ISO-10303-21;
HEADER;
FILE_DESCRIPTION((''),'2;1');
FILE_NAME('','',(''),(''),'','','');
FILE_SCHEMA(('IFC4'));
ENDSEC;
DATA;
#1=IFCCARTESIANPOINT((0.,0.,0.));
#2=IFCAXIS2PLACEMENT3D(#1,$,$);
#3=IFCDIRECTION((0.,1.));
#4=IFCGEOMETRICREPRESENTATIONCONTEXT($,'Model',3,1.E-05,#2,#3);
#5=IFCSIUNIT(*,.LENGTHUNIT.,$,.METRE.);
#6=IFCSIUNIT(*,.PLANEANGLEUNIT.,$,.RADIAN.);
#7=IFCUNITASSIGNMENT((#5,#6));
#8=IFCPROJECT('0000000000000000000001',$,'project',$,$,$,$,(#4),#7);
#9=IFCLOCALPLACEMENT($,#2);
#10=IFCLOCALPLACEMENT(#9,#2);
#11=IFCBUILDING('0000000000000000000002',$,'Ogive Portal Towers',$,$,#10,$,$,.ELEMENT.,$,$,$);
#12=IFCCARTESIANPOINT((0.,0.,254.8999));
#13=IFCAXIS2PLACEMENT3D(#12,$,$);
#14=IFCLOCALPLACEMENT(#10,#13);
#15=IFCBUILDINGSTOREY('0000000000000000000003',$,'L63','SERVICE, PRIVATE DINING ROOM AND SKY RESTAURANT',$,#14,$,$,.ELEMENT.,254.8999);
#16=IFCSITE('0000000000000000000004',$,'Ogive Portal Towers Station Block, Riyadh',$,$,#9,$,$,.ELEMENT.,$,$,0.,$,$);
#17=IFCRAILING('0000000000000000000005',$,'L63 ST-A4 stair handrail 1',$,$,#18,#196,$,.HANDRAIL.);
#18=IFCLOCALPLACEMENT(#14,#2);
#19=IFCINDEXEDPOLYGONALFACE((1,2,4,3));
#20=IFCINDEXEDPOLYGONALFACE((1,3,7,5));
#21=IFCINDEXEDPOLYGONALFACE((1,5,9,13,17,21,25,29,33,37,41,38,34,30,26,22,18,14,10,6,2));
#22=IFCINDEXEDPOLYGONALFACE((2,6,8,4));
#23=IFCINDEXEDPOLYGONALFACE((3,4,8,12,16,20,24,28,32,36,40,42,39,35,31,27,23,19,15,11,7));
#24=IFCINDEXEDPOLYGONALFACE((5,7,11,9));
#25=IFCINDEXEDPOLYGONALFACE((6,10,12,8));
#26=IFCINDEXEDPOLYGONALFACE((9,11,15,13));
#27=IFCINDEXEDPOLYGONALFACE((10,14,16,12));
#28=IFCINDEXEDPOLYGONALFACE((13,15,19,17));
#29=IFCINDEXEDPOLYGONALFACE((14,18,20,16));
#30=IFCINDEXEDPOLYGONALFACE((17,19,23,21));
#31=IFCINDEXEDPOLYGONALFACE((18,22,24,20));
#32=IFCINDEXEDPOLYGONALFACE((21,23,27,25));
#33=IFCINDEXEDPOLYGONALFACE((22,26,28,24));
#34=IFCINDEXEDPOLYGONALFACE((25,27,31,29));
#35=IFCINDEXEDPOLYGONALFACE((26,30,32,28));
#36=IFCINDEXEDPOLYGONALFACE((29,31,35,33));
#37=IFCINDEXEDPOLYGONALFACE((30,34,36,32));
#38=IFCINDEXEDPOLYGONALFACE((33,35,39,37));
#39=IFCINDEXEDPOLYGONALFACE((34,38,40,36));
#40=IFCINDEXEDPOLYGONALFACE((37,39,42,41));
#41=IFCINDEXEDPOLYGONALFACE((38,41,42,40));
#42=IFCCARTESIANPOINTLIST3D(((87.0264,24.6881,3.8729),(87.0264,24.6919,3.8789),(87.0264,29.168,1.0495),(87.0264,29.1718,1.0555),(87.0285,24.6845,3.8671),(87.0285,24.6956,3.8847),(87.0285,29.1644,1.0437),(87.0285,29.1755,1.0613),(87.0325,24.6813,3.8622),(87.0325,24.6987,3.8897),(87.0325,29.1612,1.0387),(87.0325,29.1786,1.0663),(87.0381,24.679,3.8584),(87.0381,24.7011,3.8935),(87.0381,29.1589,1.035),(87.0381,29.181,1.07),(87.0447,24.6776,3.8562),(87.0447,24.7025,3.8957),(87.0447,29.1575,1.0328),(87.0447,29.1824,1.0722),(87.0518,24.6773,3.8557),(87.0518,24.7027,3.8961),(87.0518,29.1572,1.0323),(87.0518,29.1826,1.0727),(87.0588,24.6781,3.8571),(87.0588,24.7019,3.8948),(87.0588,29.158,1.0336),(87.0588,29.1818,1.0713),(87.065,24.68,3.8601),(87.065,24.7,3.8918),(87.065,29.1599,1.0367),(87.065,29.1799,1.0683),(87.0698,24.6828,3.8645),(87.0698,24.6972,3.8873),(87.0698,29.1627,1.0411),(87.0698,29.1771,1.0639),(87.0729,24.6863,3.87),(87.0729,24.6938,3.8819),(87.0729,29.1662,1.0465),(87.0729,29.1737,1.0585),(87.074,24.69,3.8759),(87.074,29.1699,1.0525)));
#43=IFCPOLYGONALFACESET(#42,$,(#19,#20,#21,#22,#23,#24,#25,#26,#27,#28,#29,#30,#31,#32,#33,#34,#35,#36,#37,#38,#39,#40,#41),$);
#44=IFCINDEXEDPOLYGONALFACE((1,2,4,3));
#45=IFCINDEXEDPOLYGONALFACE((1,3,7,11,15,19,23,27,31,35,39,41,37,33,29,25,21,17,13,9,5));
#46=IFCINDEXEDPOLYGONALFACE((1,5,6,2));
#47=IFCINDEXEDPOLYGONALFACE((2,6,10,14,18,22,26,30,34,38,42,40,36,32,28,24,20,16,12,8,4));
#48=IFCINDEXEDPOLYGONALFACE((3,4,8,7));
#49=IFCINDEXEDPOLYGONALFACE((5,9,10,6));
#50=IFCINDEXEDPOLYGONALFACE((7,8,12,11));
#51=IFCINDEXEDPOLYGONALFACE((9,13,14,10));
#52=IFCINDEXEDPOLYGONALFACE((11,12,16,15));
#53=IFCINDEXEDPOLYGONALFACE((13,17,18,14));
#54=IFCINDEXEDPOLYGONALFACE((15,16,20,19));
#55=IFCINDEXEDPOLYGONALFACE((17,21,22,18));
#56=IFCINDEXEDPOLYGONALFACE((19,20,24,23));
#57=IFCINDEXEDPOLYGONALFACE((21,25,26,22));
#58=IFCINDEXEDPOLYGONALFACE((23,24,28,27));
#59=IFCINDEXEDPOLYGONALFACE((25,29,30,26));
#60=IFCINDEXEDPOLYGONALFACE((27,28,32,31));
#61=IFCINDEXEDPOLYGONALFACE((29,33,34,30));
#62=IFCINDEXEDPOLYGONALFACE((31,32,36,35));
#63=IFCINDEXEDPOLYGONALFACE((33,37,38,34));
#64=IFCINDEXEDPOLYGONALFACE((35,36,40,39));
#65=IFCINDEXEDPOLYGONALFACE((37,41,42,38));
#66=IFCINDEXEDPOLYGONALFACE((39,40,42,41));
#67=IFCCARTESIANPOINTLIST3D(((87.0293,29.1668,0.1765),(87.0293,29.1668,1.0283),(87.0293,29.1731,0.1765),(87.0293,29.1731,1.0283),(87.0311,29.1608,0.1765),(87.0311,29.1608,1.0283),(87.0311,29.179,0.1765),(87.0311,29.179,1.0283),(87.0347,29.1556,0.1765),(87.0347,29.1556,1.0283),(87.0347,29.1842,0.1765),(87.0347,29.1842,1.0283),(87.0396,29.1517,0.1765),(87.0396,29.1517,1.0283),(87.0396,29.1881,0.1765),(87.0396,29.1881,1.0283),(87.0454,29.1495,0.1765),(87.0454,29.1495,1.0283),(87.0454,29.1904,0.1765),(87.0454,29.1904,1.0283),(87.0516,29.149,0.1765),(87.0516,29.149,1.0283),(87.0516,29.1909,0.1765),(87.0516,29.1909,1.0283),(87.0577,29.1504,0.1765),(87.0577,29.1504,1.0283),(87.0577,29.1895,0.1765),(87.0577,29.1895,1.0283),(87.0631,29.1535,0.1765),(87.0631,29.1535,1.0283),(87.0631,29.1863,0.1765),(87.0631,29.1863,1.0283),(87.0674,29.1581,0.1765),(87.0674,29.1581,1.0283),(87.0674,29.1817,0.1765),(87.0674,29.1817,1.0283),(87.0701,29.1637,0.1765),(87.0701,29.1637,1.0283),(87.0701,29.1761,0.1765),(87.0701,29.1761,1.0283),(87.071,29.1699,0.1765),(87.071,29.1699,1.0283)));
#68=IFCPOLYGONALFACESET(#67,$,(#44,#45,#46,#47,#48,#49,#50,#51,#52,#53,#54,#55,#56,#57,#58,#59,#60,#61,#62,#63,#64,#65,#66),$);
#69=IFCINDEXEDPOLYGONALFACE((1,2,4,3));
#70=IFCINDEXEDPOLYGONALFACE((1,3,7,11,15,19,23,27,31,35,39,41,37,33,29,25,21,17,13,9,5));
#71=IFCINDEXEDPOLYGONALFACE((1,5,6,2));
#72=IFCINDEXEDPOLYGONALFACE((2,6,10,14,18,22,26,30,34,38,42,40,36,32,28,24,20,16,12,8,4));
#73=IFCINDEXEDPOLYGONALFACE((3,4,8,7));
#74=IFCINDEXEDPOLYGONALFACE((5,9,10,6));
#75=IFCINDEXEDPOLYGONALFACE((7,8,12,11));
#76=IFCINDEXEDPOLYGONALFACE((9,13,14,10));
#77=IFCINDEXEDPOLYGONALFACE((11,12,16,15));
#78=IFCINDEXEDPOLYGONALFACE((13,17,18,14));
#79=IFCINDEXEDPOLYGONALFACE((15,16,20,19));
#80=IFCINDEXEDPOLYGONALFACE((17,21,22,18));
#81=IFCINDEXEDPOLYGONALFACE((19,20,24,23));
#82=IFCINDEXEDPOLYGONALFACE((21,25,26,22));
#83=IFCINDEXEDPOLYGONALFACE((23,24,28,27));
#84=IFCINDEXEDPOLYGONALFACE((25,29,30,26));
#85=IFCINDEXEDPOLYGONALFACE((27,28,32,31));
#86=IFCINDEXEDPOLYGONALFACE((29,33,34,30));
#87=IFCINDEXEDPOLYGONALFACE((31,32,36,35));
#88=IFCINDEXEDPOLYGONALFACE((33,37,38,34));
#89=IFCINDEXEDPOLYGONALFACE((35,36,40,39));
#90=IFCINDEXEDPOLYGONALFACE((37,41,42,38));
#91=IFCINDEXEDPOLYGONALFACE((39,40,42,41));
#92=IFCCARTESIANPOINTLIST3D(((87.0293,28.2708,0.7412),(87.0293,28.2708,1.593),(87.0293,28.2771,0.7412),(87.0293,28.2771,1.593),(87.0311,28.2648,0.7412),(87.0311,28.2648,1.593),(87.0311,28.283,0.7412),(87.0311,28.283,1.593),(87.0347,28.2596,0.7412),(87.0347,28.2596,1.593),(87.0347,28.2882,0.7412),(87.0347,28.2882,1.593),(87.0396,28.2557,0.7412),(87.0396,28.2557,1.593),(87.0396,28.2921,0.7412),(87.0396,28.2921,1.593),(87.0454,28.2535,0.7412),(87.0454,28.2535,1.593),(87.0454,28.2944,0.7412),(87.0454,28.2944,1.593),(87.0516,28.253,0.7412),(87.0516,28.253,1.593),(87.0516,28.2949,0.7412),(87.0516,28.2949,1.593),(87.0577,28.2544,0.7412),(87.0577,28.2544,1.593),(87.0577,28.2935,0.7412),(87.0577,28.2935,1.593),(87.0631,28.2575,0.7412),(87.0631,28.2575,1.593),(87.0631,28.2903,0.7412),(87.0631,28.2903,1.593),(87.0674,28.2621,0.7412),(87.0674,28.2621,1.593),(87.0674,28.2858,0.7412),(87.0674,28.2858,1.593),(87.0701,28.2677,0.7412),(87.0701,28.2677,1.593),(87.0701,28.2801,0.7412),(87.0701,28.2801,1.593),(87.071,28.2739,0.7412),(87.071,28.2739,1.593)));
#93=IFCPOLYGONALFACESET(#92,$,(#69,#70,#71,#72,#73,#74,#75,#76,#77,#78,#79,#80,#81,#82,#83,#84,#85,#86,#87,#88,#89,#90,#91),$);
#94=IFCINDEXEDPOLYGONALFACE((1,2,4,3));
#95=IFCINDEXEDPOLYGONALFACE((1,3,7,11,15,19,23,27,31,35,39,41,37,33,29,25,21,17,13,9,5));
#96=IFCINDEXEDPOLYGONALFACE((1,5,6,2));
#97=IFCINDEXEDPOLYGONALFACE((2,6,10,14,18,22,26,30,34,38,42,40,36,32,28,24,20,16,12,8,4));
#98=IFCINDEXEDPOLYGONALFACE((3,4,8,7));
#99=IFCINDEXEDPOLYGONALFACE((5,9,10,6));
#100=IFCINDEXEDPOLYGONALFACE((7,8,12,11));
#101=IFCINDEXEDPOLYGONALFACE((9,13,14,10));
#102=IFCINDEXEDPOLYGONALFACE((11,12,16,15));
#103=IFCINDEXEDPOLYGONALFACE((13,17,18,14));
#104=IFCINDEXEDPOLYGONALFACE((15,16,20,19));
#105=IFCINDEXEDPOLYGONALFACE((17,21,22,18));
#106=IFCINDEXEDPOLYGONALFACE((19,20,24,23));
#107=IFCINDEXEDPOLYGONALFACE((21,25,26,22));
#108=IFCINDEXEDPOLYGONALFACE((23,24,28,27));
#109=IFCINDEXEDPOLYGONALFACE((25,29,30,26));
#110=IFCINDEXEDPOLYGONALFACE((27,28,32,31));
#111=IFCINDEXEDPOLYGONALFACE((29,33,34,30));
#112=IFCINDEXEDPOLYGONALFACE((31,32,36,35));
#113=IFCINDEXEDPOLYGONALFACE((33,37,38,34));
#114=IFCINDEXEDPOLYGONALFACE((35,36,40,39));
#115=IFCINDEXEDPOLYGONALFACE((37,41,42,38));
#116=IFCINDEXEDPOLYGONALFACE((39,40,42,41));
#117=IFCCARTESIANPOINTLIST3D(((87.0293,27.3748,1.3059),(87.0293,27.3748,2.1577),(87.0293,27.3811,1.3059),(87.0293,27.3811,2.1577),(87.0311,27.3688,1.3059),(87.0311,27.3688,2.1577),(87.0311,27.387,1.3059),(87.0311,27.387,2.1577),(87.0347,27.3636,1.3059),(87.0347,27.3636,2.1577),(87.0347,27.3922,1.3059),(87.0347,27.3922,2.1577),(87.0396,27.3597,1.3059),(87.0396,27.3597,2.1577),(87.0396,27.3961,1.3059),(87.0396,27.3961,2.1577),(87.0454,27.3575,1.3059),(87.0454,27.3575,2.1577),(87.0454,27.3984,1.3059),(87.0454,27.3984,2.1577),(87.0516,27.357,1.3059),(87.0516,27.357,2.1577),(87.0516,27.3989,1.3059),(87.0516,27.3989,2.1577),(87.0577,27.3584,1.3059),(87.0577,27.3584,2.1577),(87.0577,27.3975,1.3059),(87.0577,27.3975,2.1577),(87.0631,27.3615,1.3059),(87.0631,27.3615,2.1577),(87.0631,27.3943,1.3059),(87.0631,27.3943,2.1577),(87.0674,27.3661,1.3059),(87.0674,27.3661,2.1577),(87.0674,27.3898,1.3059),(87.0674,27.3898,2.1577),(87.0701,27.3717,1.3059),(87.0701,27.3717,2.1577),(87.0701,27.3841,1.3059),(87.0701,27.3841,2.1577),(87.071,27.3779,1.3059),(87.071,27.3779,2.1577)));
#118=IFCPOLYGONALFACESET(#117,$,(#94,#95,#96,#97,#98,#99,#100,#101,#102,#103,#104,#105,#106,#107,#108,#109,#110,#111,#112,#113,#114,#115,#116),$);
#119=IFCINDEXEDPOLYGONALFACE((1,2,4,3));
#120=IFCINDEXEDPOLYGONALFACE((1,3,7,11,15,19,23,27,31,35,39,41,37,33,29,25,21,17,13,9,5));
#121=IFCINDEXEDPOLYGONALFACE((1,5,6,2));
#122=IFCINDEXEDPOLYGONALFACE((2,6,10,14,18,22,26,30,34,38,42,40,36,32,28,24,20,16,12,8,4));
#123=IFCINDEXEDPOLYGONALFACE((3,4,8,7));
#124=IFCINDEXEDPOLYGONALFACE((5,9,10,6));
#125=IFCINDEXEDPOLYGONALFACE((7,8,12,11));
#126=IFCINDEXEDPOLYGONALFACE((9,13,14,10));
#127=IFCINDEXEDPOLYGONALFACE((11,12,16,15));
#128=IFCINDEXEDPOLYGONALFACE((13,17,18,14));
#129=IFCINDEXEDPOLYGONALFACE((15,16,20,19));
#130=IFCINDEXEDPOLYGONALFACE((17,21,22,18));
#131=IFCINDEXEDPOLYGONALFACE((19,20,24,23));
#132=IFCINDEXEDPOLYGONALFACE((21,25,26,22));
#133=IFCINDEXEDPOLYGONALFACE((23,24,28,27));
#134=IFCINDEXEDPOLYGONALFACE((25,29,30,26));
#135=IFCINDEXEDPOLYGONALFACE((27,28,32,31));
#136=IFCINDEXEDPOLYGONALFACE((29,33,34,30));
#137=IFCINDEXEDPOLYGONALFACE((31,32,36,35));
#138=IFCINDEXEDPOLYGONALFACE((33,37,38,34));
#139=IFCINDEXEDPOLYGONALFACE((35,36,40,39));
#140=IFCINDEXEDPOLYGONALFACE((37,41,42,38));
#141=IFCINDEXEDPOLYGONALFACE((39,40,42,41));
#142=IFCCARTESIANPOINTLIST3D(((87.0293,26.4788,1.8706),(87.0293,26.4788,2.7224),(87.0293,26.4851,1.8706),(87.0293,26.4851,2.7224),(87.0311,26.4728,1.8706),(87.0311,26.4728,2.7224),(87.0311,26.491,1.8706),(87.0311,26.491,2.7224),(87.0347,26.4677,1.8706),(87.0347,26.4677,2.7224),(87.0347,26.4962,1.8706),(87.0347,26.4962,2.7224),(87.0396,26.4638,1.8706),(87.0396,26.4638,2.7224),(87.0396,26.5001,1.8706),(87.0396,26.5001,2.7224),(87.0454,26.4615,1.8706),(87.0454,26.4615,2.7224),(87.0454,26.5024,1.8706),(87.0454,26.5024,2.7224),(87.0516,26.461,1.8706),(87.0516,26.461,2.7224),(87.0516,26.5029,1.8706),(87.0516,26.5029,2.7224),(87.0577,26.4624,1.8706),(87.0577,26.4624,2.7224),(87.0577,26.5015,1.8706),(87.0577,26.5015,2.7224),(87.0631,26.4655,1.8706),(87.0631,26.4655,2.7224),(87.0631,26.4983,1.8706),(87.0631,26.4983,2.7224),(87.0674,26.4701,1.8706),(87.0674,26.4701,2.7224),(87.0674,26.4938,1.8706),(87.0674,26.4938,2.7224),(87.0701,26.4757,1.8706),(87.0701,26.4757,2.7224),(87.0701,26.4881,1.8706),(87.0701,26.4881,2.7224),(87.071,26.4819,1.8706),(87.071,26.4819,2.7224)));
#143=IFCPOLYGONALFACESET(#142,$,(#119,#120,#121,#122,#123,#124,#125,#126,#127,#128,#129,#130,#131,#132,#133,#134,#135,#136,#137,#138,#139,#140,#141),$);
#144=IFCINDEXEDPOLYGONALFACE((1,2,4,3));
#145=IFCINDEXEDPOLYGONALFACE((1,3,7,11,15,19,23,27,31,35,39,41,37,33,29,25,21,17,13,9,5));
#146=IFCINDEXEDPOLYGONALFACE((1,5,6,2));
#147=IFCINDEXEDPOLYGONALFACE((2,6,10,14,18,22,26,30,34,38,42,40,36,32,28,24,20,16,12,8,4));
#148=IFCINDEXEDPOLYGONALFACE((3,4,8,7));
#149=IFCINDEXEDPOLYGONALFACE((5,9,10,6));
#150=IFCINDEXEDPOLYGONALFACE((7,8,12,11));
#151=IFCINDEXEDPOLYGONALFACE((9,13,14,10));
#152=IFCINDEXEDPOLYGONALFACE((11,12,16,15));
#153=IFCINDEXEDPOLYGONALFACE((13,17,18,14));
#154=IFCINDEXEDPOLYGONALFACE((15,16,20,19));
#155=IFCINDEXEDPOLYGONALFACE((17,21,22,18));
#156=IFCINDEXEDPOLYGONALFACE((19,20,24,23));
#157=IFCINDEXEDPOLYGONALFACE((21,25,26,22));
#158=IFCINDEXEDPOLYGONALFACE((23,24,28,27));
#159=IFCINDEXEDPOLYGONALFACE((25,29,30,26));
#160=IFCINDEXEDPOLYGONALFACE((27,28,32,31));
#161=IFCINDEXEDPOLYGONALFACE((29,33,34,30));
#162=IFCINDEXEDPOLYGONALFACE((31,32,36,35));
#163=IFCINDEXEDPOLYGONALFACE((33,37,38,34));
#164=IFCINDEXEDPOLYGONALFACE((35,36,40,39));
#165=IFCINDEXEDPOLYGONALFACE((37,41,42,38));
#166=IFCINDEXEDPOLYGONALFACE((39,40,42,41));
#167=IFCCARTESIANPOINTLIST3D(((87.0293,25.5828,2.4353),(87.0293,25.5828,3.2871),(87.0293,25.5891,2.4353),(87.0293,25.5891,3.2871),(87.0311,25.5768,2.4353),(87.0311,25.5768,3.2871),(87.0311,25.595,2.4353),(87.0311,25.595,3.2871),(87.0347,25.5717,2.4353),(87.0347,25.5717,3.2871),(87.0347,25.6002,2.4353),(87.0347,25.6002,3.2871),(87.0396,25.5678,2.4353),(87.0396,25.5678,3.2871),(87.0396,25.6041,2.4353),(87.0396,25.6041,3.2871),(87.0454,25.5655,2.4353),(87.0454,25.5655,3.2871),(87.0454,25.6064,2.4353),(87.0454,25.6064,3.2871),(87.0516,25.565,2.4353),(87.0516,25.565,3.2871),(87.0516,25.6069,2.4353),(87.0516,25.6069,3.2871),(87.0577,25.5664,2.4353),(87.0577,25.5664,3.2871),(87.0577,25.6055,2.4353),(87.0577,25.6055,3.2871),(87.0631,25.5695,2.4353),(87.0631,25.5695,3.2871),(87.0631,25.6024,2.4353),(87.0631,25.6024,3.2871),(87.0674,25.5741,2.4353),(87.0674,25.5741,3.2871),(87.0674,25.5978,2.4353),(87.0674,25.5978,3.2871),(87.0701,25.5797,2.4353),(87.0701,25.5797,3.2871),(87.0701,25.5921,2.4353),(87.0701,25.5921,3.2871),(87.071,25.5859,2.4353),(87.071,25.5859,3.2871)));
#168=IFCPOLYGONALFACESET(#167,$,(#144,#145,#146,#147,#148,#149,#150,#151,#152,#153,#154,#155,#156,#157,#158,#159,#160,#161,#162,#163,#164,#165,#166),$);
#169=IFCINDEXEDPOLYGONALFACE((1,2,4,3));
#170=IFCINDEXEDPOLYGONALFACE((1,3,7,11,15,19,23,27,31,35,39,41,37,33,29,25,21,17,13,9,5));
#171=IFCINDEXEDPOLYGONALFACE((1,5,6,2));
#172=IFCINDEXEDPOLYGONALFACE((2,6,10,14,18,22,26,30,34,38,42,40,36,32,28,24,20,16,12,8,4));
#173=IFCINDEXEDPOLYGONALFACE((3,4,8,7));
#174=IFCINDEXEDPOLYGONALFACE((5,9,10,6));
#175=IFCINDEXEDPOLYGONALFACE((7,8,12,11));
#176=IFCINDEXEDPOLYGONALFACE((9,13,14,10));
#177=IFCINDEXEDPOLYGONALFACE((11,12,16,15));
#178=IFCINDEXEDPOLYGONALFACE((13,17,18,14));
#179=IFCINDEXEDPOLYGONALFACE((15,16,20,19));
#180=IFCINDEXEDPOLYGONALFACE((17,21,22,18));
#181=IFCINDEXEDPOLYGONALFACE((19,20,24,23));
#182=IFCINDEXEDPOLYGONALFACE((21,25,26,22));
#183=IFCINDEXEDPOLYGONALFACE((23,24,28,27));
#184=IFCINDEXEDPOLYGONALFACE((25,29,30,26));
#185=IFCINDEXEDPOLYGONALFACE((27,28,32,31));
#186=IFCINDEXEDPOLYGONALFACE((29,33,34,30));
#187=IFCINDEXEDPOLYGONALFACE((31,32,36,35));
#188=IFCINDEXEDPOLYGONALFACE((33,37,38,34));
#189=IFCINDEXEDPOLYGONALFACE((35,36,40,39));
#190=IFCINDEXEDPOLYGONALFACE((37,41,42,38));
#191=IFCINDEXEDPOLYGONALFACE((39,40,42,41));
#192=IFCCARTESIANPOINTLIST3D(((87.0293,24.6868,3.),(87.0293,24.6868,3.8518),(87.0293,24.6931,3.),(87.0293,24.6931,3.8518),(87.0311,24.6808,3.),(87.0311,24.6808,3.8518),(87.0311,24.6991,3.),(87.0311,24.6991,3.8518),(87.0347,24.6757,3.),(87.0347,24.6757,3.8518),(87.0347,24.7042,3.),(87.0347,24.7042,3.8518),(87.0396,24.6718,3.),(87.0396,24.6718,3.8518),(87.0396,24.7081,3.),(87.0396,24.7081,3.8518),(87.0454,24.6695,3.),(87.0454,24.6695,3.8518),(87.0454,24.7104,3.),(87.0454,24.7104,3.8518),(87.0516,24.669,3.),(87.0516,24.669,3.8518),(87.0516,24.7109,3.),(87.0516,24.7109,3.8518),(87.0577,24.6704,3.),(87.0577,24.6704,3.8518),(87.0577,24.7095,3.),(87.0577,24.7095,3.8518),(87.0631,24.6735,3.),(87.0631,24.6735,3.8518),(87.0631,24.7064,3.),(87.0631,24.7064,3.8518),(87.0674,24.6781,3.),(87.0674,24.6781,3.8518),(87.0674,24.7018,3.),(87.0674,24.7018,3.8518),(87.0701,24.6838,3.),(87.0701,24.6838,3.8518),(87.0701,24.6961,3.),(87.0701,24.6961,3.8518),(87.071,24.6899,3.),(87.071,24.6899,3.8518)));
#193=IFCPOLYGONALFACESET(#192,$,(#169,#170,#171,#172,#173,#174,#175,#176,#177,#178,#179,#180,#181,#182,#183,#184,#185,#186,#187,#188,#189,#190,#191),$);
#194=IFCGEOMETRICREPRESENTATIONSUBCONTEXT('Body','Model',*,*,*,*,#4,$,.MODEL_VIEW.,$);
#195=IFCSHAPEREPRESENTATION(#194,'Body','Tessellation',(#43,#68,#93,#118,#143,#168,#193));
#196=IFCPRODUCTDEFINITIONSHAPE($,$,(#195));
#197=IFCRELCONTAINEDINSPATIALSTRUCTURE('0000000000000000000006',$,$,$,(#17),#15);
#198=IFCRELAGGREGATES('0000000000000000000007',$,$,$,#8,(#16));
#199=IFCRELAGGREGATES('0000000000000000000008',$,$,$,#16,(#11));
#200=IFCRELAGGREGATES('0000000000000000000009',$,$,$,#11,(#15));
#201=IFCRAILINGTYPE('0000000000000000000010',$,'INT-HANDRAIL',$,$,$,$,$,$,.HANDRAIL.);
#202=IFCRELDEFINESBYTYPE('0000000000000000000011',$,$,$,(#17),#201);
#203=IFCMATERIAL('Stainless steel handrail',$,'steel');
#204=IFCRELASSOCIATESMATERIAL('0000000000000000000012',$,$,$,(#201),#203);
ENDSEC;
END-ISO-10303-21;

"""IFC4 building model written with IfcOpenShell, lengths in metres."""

from ifc_helpers import new_model, si_unit, direction, frame, origin, origin_2d, place, context, subcontext, project, spatial, circle, extrude, material, type_object, element, save


model = new_model("IFC4")

# Units and contexts
model_context = context("Model", 3, precision=1e-05, world=origin(), true_north=direction((0.0, 1.0)))
body_context = subcontext(model_context, "Body", "Model", "MODEL_VIEW")
ifc_project = project(units=[si_unit("LENGTHUNIT", "METRE"), si_unit("PLANEANGLEUNIT", "RADIAN")], contexts=[model_context])

# Site, building, storey
site_placement = place(None, origin())
site = spatial("IfcSite", under=ifc_project, at=site_placement, Name="Ogive Portal Towers Station Block, Riyadh", CompositionType="ELEMENT", RefElevation=0.0)
building_placement = place(site_placement, origin())
building = spatial("IfcBuilding", under=site, at=building_placement, Name="Ogive Portal Towers", CompositionType="ELEMENT")
storey_placement = place(building_placement, frame((0.0, 0.0, 254.8999)))
storey = spatial("IfcBuildingStorey", under=building, at=storey_placement, Name="L63", Description="SERVICE, PRIVATE DINING ROOM AND SKY RESTAURANT", CompositionType="ELEMENT", Elevation=254.8999)

# Railing
ifc_material_1 = material(Name="Stainless steel handrail", Category="steel")
railing_type = type_object("IfcRailingType", Name="INT-HANDRAIL", PredefinedType="HANDRAIL", material=ifc_material_1)
railing_placement = place(storey_placement, frame((87.05, 29.1699, 0.1765)))
element("IfcRailing", 1, at=railing_placement, inside=storey, type_object=railing_type, Name="L63 ST-A4 stair handrail 1", PredefinedType="HANDRAIL", context=body_context, shape_type="SweptSolid", body=[
    extrude(circle(Radius=0.0239, at=origin_2d()), frame((0.0, 0.0, 0.876), z_axis=(0.0, -0.845998, 0.533186), x_axis=(1.0, 0.0, 0.0)), (0.0, 0.0, 1.0), 5.2954),
    extrude(circle(Radius=0.021, at=origin_2d()), origin(), (0.0, 0.0, 1.0), 0.8518),
    extrude(circle(Radius=0.021, at=origin_2d()), frame((0.0, -0.896, 0.5647)), (0.0, 0.0, 1.0), 0.8518),
    extrude(circle(Radius=0.021, at=origin_2d()), frame((0.0, -1.792, 1.1294)), (0.0, 0.0, 1.0), 0.8518),
    extrude(circle(Radius=0.021, at=origin_2d()), frame((0.0, -2.688, 1.6941)), (0.0, 0.0, 1.0), 0.8518),
    extrude(circle(Radius=0.021, at=origin_2d()), frame((0.0, -3.584, 2.2588)), (0.0, 0.0, 1.0), 0.8518),
    extrude(circle(Radius=0.021, at=origin_2d()), frame((0.0, -4.48, 2.8235)), (0.0, 0.0, 1.0), 0.8518),
])

save(model, "model.ifc")
